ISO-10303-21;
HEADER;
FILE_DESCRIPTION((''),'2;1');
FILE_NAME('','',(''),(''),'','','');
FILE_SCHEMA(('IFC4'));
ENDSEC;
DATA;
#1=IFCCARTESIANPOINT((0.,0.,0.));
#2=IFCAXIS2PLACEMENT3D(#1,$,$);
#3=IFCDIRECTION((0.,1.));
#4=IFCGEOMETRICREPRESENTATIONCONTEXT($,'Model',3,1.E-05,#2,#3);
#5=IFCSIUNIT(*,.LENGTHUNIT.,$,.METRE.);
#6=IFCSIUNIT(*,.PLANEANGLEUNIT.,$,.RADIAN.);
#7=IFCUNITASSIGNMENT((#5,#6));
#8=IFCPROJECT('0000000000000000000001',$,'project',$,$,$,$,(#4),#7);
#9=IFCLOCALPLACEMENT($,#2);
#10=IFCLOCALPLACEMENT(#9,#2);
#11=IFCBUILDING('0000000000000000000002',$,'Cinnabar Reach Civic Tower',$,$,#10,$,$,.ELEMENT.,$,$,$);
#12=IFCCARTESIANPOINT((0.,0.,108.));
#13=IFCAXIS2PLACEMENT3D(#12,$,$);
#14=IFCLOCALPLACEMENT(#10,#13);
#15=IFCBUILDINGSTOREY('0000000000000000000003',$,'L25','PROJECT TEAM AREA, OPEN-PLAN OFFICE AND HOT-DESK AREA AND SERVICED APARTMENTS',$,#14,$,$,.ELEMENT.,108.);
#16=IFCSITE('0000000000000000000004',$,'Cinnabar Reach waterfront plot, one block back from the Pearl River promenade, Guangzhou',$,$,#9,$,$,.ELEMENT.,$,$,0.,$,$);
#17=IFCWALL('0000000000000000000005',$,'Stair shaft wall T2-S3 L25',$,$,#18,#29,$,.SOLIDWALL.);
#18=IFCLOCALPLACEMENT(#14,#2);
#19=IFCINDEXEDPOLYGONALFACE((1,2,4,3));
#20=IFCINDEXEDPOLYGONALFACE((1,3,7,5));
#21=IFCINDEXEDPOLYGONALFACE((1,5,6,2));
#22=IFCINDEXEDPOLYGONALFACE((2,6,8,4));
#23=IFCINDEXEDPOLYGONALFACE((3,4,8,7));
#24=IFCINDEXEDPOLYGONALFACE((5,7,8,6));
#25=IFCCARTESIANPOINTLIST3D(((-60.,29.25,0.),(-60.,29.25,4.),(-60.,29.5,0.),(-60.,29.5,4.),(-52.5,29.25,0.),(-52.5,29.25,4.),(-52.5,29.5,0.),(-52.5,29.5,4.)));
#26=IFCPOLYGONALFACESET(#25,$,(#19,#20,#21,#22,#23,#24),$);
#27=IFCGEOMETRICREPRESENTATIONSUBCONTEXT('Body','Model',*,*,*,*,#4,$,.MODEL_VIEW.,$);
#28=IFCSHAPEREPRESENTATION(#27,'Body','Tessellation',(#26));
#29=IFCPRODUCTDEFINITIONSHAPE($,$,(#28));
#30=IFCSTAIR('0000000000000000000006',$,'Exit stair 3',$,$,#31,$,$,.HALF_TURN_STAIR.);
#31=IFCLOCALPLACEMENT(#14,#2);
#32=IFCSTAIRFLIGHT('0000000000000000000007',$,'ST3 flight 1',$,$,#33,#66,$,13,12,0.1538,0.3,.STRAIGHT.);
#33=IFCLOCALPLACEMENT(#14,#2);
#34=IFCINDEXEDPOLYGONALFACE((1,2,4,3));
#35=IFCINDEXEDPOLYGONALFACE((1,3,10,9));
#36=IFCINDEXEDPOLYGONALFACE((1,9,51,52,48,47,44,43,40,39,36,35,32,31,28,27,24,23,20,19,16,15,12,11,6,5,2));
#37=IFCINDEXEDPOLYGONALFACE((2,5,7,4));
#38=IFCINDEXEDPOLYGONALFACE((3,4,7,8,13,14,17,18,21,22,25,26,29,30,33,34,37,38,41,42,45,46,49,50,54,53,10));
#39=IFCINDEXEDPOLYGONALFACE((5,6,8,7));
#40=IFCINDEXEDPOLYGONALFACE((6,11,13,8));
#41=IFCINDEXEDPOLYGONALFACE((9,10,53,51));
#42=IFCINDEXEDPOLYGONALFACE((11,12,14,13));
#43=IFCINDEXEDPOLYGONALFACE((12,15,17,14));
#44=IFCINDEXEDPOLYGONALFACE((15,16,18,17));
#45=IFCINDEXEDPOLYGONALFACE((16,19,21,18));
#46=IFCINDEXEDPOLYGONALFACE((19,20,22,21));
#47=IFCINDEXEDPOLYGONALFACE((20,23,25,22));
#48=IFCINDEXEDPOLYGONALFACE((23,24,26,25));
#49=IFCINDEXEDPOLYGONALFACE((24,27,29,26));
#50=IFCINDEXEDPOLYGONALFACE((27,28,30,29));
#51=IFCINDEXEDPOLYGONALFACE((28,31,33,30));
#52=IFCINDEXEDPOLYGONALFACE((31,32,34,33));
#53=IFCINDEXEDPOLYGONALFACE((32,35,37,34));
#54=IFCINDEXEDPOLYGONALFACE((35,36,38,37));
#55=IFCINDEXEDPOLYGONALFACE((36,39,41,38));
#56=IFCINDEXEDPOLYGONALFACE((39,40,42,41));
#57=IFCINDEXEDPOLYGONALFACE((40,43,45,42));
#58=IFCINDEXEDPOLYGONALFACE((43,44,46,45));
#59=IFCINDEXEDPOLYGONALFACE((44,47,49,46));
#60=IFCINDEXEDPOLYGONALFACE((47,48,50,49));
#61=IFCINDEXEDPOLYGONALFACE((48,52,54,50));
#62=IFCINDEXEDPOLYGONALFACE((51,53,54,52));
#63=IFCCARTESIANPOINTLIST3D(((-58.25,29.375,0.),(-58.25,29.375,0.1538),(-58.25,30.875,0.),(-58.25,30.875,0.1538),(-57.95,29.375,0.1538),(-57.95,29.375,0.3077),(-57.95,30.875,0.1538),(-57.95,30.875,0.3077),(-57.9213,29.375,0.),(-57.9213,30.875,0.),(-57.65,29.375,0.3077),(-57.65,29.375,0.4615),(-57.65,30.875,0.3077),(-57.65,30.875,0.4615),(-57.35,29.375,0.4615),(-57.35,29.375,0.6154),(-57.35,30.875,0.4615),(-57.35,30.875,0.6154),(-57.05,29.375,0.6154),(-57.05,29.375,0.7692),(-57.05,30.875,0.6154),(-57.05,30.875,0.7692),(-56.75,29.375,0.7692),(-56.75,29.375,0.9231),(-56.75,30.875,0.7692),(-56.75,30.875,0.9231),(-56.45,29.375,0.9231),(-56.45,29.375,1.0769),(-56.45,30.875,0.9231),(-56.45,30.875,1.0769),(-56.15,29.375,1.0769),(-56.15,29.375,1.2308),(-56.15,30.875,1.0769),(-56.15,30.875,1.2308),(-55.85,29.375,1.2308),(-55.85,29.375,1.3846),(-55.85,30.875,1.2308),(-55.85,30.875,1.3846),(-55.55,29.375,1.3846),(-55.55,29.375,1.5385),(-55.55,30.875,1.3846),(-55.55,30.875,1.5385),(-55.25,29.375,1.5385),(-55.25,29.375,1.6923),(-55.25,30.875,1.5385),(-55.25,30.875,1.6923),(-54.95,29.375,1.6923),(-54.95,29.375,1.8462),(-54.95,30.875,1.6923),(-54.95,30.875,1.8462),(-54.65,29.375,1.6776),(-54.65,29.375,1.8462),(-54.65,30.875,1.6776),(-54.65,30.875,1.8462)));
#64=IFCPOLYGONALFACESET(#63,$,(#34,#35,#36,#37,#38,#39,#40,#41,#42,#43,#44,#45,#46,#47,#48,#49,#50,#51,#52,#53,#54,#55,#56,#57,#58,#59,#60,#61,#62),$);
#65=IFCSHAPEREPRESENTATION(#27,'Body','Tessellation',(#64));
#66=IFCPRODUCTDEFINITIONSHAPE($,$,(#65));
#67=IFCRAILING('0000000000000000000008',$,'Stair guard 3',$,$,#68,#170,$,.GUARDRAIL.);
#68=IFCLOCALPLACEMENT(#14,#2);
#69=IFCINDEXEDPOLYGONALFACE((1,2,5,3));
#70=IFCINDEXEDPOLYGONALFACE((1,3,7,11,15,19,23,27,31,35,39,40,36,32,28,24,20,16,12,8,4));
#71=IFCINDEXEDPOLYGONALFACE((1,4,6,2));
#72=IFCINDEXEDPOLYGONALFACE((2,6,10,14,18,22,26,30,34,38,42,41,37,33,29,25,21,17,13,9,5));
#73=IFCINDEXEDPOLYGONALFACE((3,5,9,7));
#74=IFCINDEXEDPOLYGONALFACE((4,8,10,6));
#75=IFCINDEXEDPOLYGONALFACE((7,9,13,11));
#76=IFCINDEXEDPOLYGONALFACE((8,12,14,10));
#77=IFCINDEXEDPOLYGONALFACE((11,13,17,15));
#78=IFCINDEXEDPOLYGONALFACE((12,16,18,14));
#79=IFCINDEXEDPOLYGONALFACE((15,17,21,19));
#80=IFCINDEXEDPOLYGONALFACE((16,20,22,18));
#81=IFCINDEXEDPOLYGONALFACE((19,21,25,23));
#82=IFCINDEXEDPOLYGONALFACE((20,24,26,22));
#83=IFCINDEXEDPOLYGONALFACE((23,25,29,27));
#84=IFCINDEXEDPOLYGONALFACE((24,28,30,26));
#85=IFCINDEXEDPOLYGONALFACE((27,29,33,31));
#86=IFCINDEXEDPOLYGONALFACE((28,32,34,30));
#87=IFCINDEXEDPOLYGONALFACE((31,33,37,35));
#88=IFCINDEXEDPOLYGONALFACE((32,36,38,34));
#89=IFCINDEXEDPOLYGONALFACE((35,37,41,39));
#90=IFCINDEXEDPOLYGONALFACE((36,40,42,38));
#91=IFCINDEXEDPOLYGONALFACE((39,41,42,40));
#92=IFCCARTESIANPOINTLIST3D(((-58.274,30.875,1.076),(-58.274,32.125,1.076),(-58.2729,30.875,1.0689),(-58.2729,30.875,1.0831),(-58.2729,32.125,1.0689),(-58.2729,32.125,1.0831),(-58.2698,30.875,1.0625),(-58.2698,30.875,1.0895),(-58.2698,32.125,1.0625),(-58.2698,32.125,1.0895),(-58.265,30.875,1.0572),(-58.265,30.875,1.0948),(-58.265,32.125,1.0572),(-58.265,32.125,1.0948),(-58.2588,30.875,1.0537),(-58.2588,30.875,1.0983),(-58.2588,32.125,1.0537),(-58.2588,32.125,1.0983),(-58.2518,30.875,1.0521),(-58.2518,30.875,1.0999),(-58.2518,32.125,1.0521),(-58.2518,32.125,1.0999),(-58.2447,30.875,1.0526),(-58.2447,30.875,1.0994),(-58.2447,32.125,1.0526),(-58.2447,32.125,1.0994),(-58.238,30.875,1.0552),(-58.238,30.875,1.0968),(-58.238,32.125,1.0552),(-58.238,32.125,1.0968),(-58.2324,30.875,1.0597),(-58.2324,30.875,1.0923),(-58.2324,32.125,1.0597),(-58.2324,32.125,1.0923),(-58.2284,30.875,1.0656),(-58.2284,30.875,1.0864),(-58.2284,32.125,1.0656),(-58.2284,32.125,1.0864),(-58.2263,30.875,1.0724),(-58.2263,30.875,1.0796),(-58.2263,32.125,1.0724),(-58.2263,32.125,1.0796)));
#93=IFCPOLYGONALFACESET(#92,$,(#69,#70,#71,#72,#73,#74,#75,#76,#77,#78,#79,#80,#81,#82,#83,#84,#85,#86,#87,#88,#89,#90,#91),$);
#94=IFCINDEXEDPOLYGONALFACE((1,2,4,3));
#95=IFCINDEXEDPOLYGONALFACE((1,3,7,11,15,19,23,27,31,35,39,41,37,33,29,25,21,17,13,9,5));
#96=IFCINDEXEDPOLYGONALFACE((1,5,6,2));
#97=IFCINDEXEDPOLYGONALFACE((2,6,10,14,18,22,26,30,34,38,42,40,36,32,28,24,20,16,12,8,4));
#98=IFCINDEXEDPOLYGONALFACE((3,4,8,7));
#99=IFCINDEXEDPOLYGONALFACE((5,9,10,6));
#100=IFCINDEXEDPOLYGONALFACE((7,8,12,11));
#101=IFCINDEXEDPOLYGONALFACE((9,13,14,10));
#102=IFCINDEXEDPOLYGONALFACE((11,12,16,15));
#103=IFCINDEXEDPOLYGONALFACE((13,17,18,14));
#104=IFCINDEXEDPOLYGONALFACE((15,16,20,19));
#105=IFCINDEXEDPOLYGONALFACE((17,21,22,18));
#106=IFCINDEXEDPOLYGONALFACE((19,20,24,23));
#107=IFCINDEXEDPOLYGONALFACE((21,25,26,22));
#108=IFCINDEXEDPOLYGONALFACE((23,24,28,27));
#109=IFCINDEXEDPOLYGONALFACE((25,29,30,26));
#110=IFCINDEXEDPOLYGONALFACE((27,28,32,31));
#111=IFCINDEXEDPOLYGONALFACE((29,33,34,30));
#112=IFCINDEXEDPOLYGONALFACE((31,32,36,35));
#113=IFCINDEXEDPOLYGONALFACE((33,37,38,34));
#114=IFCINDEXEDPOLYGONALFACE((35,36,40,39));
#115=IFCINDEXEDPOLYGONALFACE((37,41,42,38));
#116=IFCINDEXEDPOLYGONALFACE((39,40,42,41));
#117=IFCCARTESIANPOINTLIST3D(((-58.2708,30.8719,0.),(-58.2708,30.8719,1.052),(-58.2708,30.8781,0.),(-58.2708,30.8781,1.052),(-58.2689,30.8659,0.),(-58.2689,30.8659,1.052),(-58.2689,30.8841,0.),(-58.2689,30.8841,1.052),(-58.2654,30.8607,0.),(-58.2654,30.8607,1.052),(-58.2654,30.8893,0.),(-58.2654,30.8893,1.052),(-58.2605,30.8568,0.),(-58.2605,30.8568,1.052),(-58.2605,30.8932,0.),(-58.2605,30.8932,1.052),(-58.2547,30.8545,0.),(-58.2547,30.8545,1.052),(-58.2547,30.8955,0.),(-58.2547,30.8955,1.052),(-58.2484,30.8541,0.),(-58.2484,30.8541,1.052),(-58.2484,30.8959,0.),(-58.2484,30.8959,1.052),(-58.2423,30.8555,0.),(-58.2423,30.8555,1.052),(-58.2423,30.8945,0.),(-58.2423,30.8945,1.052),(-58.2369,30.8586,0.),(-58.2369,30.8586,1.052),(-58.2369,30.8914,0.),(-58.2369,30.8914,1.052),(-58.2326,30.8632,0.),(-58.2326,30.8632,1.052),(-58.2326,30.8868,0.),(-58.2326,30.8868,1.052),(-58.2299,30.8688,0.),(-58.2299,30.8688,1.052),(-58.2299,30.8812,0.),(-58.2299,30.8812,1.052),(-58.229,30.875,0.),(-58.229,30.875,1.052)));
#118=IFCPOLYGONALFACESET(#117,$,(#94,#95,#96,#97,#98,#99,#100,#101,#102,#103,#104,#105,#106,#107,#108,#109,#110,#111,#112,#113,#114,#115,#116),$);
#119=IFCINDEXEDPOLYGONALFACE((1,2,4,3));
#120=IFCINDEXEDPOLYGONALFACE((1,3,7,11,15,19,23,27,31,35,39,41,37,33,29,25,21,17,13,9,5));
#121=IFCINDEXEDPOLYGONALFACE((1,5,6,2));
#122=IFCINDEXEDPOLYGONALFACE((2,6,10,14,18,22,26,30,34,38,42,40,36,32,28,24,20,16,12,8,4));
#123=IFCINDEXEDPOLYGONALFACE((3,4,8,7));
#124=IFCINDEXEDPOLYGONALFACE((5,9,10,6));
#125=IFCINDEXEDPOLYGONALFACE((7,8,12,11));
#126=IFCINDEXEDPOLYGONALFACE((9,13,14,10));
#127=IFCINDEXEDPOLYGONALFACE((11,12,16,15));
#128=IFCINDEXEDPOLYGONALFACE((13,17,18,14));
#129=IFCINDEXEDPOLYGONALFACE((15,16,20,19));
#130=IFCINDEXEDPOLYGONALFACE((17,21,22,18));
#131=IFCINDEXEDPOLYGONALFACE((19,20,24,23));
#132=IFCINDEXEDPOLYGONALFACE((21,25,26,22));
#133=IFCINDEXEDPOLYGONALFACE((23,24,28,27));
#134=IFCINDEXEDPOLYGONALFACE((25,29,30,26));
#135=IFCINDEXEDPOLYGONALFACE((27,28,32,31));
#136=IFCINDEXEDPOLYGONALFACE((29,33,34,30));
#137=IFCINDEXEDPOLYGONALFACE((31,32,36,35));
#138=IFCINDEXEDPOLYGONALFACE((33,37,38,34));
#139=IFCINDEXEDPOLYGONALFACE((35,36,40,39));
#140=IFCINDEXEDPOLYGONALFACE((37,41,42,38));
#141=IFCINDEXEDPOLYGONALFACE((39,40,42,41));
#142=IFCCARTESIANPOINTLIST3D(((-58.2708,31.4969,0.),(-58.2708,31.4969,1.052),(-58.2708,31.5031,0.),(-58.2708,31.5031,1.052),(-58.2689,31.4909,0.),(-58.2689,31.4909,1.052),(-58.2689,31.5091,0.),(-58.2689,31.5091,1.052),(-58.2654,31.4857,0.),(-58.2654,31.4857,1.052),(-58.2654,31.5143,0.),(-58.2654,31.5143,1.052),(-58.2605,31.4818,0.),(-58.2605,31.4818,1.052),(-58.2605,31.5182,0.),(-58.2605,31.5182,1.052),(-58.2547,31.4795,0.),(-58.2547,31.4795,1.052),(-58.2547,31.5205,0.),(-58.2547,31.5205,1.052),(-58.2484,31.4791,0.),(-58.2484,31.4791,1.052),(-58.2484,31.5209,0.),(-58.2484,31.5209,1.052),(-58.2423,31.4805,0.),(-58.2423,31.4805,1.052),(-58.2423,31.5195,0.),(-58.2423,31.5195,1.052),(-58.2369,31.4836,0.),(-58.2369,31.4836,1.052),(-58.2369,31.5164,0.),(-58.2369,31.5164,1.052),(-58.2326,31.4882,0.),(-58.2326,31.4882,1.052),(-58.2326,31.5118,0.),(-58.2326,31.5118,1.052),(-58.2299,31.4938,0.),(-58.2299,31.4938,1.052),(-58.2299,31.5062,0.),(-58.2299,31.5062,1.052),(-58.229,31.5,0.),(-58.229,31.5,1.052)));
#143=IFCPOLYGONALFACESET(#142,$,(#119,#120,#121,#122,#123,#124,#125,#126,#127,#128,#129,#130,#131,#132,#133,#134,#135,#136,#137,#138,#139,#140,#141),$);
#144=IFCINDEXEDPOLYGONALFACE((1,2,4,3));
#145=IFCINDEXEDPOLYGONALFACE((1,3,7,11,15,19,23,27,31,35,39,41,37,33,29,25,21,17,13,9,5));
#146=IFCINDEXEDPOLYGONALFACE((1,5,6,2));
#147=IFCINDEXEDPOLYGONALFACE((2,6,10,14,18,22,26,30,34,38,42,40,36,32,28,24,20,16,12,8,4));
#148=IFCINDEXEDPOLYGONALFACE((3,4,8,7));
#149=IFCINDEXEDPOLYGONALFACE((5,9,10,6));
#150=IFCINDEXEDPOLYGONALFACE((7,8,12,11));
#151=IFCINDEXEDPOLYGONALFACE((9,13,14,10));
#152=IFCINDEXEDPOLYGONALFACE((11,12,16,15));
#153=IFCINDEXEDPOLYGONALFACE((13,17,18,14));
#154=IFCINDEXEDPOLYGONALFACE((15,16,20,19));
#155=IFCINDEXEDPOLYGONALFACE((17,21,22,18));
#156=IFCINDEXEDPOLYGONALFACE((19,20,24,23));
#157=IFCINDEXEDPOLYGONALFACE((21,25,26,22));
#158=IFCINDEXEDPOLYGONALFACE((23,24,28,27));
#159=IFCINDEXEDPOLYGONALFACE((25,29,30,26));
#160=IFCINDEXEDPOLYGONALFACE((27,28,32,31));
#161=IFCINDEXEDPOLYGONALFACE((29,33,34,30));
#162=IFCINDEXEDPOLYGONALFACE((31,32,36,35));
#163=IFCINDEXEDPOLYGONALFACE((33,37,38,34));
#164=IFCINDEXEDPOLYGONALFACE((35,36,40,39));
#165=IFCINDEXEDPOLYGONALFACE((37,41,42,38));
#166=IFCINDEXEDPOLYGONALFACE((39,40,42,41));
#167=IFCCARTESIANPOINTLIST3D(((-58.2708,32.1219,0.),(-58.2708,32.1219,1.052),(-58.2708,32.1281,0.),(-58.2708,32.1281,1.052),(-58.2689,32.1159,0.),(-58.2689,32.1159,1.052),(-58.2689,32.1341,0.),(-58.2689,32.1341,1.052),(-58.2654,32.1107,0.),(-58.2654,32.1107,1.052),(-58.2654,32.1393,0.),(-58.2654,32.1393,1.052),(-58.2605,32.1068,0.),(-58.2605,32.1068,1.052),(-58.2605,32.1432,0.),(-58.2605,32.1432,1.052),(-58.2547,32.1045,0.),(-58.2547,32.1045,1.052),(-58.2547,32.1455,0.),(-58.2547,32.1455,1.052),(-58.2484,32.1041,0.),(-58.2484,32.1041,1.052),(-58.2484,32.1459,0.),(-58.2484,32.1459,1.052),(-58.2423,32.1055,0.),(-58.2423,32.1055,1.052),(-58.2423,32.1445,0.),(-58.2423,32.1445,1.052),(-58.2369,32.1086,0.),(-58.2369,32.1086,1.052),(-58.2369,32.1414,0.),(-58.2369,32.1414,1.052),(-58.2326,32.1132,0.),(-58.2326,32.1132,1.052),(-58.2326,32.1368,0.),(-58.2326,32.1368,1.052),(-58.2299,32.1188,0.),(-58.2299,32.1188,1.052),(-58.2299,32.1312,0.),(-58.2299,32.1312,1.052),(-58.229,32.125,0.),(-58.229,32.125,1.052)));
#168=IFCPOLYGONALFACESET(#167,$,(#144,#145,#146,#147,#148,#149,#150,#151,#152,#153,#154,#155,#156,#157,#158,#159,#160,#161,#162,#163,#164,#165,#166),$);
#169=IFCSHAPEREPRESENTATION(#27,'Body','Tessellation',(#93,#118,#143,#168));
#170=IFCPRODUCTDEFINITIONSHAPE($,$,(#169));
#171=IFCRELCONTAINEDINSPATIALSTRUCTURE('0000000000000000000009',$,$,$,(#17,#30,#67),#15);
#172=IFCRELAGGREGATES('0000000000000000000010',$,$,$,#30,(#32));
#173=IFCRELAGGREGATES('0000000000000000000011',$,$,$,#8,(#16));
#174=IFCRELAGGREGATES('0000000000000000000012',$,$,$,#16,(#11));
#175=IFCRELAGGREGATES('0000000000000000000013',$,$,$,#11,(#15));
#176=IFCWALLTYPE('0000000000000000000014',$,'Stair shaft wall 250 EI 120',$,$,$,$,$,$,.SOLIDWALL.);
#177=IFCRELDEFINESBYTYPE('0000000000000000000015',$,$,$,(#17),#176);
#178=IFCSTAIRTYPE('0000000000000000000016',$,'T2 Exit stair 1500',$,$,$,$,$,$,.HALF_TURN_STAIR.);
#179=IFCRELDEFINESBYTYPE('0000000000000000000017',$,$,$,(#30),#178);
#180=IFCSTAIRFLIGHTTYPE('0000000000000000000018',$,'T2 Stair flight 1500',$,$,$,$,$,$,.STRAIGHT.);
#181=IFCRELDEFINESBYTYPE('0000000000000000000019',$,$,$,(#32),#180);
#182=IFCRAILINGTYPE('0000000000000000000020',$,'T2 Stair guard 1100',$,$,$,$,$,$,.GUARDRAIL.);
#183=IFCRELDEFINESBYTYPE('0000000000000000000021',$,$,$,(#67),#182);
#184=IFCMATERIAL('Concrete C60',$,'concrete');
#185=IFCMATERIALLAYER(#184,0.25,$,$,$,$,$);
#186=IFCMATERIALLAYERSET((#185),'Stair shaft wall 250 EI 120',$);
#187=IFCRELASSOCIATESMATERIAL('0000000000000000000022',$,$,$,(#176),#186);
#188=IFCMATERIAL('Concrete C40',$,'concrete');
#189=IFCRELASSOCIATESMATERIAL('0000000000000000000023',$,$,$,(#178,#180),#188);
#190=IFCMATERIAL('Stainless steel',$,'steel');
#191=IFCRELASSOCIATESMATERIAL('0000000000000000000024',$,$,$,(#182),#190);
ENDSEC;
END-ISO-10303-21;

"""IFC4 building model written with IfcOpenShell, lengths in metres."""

from ifc_helpers import new_model, si_unit, direction, frame, frame_2d, origin, origin_2d, place, context, subcontext, project, spatial, polyline, rectangle, circle, outline, extrude, material, layer, layer_set, type_object, element, aggregate, save


model = new_model("IFC4")

# Units and contexts
model_context = context("Model", 3, precision=1e-05, world=origin(), true_north=direction((0.0, 1.0)))
body_context = subcontext(model_context, "Body", "Model", "MODEL_VIEW")
ifc_project = project(units=[si_unit("LENGTHUNIT", "METRE"), si_unit("PLANEANGLEUNIT", "RADIAN")], contexts=[model_context])

# Site, building, storey
site_placement = place(None, origin())
site = spatial("IfcSite", under=ifc_project, at=site_placement, Name="Cinnabar Reach waterfront plot, one block back from the Pearl River promenade, Guangzhou", CompositionType="ELEMENT", RefElevation=0.0)
building_placement = place(site_placement, origin())
building = spatial("IfcBuilding", under=site, at=building_placement, Name="Cinnabar Reach Civic Tower", CompositionType="ELEMENT")
storey_placement = place(building_placement, frame((0.0, 0.0, 108.0)))
storey = spatial("IfcBuildingStorey", under=building, at=storey_placement, Name="L25", Description="PROJECT TEAM AREA, OPEN-PLAN OFFICE AND HOT-DESK AREA AND SERVICED APARTMENTS", CompositionType="ELEMENT", Elevation=108.0)

# Shared definitions
ifc_material_1 = material(Name="Concrete C60", Category="concrete")

# Wall
ifc_layer_1 = layer(ifc_material_1, 0.25)
ifc_layer_set_1 = layer_set([ifc_layer_1], Name="Stair shaft wall 250 EI 120")
wall_type_1 = type_object("IfcWallType", Name="Stair shaft wall 250 EI 120", PredefinedType="SOLIDWALL", material=ifc_layer_set_1)
wall_1_placement = place(storey_placement, frame((-60.0, 29.375, 0.0), z_axis=(0.0, 0.0, 1.0), x_axis=(1.0, 0.0, 0.0)))
element("IfcWall", 1, at=wall_1_placement, inside=storey, type_object=wall_type_1, Name="Stair shaft wall T2-S3 L25", PredefinedType="SOLIDWALL", context=body_context, shape_type="SweptSolid", body=[
    extrude(rectangle(XDim=7.5, YDim=0.25, at=frame_2d((3.75, 0.0))), origin(), (0.0, 0.0, 1.0), 4.0),
])

# Stair, stair flight
ifc_material_2 = material(Name="Concrete C40", Category="concrete")
stair_type = type_object("IfcStairType", Name="T2 Exit stair 1500", PredefinedType="HALF_TURN_STAIR", material=ifc_material_2)
stair_placement = place(storey_placement, origin())
stair = element("IfcStair", 2, at=stair_placement, inside=storey, type_object=stair_type, Name="Exit stair 3", PredefinedType="HALF_TURN_STAIR")
stair_flight_type = type_object("IfcStairFlightType", Name="T2 Stair flight 1500", PredefinedType="STRAIGHT", material=ifc_material_2)
stair_flight_placement = place(storey_placement, frame((-58.25, 30.125, 0.0), z_axis=(0.0, 0.0, 1.0), x_axis=(1.0, 0.0, 0.0)))
stair_flight = element("IfcStairFlight", 3, at=stair_flight_placement, type_object=stair_flight_type, Name="ST3 flight 1", NumberOfRisers=13, NumberOfTreads=12, PredefinedType="STRAIGHT", RiserHeight=0.1538, TreadLength=0.3, context=body_context, shape_type="SweptSolid", body=[
    extrude(outline(polyline([(0.0, 0.0), (0.0, 0.1538), (0.3, 0.1538), (0.3, 0.3077), (0.6, 0.3077), (0.6, 0.4615), (0.9, 0.4615), (0.9, 0.6154), (1.2, 0.6154), (1.2, 0.7692), (1.5, 0.7692), (1.5, 0.9231), (1.8, 0.9231), (1.8, 1.0769), (2.1, 1.0769), (2.1, 1.2308), (2.4, 1.2308), (2.4, 1.3846), (2.7, 1.3846), (2.7, 1.5385), (3.0, 1.5385), (3.0, 1.6923), (3.3, 1.6923), (3.3, 1.8462), (3.6, 1.8462), (3.6, 2.0), (3.6, 1.6776), (0.3287, 0.0), (0.0, 0.0)])), frame((0.0, 0.75, 0.0), z_axis=(0.0, -1.0, 0.0), x_axis=(1.0, 0.0, 0.0)), (0.0, 0.0, 1.0), 1.5),
])
aggregate(stair, [stair_flight])

# Railing
ifc_material_3 = material(Name="Stainless steel", Category="steel")
railing_type = type_object("IfcRailingType", Name="T2 Stair guard 1100", PredefinedType="GUARDRAIL", material=ifc_material_3)
for number, where, name in (
    (4, (-58.25, 30.875, 0.0), "Stair guard 3"),
):
    element("IfcRailing", number, at=place(storey_placement, frame(where)), inside=storey, type_object=railing_type, Name=name, PredefinedType="GUARDRAIL", context=body_context, shape_type="SweptSolid", body=[
        extrude(circle(Radius=0.024, at=origin_2d()), frame((0.0, 0.0, 1.076), z_axis=(0.0, 1.0, 0.0), x_axis=(-1.0, 0.0, 0.0)), (0.0, 0.0, 1.0), 1.25),
        extrude(circle(Radius=0.021, at=origin_2d()), origin(), (0.0, 0.0, 1.0), 1.052),
        extrude(circle(Radius=0.021, at=origin_2d()), frame((0.0, 0.625, 0.0)), (0.0, 0.0, 1.0), 1.052),
        extrude(circle(Radius=0.021, at=origin_2d()), frame((0.0, 1.25, 0.0)), (0.0, 0.0, 1.0), 1.052),
    ])

save(model, "model.ifc")
